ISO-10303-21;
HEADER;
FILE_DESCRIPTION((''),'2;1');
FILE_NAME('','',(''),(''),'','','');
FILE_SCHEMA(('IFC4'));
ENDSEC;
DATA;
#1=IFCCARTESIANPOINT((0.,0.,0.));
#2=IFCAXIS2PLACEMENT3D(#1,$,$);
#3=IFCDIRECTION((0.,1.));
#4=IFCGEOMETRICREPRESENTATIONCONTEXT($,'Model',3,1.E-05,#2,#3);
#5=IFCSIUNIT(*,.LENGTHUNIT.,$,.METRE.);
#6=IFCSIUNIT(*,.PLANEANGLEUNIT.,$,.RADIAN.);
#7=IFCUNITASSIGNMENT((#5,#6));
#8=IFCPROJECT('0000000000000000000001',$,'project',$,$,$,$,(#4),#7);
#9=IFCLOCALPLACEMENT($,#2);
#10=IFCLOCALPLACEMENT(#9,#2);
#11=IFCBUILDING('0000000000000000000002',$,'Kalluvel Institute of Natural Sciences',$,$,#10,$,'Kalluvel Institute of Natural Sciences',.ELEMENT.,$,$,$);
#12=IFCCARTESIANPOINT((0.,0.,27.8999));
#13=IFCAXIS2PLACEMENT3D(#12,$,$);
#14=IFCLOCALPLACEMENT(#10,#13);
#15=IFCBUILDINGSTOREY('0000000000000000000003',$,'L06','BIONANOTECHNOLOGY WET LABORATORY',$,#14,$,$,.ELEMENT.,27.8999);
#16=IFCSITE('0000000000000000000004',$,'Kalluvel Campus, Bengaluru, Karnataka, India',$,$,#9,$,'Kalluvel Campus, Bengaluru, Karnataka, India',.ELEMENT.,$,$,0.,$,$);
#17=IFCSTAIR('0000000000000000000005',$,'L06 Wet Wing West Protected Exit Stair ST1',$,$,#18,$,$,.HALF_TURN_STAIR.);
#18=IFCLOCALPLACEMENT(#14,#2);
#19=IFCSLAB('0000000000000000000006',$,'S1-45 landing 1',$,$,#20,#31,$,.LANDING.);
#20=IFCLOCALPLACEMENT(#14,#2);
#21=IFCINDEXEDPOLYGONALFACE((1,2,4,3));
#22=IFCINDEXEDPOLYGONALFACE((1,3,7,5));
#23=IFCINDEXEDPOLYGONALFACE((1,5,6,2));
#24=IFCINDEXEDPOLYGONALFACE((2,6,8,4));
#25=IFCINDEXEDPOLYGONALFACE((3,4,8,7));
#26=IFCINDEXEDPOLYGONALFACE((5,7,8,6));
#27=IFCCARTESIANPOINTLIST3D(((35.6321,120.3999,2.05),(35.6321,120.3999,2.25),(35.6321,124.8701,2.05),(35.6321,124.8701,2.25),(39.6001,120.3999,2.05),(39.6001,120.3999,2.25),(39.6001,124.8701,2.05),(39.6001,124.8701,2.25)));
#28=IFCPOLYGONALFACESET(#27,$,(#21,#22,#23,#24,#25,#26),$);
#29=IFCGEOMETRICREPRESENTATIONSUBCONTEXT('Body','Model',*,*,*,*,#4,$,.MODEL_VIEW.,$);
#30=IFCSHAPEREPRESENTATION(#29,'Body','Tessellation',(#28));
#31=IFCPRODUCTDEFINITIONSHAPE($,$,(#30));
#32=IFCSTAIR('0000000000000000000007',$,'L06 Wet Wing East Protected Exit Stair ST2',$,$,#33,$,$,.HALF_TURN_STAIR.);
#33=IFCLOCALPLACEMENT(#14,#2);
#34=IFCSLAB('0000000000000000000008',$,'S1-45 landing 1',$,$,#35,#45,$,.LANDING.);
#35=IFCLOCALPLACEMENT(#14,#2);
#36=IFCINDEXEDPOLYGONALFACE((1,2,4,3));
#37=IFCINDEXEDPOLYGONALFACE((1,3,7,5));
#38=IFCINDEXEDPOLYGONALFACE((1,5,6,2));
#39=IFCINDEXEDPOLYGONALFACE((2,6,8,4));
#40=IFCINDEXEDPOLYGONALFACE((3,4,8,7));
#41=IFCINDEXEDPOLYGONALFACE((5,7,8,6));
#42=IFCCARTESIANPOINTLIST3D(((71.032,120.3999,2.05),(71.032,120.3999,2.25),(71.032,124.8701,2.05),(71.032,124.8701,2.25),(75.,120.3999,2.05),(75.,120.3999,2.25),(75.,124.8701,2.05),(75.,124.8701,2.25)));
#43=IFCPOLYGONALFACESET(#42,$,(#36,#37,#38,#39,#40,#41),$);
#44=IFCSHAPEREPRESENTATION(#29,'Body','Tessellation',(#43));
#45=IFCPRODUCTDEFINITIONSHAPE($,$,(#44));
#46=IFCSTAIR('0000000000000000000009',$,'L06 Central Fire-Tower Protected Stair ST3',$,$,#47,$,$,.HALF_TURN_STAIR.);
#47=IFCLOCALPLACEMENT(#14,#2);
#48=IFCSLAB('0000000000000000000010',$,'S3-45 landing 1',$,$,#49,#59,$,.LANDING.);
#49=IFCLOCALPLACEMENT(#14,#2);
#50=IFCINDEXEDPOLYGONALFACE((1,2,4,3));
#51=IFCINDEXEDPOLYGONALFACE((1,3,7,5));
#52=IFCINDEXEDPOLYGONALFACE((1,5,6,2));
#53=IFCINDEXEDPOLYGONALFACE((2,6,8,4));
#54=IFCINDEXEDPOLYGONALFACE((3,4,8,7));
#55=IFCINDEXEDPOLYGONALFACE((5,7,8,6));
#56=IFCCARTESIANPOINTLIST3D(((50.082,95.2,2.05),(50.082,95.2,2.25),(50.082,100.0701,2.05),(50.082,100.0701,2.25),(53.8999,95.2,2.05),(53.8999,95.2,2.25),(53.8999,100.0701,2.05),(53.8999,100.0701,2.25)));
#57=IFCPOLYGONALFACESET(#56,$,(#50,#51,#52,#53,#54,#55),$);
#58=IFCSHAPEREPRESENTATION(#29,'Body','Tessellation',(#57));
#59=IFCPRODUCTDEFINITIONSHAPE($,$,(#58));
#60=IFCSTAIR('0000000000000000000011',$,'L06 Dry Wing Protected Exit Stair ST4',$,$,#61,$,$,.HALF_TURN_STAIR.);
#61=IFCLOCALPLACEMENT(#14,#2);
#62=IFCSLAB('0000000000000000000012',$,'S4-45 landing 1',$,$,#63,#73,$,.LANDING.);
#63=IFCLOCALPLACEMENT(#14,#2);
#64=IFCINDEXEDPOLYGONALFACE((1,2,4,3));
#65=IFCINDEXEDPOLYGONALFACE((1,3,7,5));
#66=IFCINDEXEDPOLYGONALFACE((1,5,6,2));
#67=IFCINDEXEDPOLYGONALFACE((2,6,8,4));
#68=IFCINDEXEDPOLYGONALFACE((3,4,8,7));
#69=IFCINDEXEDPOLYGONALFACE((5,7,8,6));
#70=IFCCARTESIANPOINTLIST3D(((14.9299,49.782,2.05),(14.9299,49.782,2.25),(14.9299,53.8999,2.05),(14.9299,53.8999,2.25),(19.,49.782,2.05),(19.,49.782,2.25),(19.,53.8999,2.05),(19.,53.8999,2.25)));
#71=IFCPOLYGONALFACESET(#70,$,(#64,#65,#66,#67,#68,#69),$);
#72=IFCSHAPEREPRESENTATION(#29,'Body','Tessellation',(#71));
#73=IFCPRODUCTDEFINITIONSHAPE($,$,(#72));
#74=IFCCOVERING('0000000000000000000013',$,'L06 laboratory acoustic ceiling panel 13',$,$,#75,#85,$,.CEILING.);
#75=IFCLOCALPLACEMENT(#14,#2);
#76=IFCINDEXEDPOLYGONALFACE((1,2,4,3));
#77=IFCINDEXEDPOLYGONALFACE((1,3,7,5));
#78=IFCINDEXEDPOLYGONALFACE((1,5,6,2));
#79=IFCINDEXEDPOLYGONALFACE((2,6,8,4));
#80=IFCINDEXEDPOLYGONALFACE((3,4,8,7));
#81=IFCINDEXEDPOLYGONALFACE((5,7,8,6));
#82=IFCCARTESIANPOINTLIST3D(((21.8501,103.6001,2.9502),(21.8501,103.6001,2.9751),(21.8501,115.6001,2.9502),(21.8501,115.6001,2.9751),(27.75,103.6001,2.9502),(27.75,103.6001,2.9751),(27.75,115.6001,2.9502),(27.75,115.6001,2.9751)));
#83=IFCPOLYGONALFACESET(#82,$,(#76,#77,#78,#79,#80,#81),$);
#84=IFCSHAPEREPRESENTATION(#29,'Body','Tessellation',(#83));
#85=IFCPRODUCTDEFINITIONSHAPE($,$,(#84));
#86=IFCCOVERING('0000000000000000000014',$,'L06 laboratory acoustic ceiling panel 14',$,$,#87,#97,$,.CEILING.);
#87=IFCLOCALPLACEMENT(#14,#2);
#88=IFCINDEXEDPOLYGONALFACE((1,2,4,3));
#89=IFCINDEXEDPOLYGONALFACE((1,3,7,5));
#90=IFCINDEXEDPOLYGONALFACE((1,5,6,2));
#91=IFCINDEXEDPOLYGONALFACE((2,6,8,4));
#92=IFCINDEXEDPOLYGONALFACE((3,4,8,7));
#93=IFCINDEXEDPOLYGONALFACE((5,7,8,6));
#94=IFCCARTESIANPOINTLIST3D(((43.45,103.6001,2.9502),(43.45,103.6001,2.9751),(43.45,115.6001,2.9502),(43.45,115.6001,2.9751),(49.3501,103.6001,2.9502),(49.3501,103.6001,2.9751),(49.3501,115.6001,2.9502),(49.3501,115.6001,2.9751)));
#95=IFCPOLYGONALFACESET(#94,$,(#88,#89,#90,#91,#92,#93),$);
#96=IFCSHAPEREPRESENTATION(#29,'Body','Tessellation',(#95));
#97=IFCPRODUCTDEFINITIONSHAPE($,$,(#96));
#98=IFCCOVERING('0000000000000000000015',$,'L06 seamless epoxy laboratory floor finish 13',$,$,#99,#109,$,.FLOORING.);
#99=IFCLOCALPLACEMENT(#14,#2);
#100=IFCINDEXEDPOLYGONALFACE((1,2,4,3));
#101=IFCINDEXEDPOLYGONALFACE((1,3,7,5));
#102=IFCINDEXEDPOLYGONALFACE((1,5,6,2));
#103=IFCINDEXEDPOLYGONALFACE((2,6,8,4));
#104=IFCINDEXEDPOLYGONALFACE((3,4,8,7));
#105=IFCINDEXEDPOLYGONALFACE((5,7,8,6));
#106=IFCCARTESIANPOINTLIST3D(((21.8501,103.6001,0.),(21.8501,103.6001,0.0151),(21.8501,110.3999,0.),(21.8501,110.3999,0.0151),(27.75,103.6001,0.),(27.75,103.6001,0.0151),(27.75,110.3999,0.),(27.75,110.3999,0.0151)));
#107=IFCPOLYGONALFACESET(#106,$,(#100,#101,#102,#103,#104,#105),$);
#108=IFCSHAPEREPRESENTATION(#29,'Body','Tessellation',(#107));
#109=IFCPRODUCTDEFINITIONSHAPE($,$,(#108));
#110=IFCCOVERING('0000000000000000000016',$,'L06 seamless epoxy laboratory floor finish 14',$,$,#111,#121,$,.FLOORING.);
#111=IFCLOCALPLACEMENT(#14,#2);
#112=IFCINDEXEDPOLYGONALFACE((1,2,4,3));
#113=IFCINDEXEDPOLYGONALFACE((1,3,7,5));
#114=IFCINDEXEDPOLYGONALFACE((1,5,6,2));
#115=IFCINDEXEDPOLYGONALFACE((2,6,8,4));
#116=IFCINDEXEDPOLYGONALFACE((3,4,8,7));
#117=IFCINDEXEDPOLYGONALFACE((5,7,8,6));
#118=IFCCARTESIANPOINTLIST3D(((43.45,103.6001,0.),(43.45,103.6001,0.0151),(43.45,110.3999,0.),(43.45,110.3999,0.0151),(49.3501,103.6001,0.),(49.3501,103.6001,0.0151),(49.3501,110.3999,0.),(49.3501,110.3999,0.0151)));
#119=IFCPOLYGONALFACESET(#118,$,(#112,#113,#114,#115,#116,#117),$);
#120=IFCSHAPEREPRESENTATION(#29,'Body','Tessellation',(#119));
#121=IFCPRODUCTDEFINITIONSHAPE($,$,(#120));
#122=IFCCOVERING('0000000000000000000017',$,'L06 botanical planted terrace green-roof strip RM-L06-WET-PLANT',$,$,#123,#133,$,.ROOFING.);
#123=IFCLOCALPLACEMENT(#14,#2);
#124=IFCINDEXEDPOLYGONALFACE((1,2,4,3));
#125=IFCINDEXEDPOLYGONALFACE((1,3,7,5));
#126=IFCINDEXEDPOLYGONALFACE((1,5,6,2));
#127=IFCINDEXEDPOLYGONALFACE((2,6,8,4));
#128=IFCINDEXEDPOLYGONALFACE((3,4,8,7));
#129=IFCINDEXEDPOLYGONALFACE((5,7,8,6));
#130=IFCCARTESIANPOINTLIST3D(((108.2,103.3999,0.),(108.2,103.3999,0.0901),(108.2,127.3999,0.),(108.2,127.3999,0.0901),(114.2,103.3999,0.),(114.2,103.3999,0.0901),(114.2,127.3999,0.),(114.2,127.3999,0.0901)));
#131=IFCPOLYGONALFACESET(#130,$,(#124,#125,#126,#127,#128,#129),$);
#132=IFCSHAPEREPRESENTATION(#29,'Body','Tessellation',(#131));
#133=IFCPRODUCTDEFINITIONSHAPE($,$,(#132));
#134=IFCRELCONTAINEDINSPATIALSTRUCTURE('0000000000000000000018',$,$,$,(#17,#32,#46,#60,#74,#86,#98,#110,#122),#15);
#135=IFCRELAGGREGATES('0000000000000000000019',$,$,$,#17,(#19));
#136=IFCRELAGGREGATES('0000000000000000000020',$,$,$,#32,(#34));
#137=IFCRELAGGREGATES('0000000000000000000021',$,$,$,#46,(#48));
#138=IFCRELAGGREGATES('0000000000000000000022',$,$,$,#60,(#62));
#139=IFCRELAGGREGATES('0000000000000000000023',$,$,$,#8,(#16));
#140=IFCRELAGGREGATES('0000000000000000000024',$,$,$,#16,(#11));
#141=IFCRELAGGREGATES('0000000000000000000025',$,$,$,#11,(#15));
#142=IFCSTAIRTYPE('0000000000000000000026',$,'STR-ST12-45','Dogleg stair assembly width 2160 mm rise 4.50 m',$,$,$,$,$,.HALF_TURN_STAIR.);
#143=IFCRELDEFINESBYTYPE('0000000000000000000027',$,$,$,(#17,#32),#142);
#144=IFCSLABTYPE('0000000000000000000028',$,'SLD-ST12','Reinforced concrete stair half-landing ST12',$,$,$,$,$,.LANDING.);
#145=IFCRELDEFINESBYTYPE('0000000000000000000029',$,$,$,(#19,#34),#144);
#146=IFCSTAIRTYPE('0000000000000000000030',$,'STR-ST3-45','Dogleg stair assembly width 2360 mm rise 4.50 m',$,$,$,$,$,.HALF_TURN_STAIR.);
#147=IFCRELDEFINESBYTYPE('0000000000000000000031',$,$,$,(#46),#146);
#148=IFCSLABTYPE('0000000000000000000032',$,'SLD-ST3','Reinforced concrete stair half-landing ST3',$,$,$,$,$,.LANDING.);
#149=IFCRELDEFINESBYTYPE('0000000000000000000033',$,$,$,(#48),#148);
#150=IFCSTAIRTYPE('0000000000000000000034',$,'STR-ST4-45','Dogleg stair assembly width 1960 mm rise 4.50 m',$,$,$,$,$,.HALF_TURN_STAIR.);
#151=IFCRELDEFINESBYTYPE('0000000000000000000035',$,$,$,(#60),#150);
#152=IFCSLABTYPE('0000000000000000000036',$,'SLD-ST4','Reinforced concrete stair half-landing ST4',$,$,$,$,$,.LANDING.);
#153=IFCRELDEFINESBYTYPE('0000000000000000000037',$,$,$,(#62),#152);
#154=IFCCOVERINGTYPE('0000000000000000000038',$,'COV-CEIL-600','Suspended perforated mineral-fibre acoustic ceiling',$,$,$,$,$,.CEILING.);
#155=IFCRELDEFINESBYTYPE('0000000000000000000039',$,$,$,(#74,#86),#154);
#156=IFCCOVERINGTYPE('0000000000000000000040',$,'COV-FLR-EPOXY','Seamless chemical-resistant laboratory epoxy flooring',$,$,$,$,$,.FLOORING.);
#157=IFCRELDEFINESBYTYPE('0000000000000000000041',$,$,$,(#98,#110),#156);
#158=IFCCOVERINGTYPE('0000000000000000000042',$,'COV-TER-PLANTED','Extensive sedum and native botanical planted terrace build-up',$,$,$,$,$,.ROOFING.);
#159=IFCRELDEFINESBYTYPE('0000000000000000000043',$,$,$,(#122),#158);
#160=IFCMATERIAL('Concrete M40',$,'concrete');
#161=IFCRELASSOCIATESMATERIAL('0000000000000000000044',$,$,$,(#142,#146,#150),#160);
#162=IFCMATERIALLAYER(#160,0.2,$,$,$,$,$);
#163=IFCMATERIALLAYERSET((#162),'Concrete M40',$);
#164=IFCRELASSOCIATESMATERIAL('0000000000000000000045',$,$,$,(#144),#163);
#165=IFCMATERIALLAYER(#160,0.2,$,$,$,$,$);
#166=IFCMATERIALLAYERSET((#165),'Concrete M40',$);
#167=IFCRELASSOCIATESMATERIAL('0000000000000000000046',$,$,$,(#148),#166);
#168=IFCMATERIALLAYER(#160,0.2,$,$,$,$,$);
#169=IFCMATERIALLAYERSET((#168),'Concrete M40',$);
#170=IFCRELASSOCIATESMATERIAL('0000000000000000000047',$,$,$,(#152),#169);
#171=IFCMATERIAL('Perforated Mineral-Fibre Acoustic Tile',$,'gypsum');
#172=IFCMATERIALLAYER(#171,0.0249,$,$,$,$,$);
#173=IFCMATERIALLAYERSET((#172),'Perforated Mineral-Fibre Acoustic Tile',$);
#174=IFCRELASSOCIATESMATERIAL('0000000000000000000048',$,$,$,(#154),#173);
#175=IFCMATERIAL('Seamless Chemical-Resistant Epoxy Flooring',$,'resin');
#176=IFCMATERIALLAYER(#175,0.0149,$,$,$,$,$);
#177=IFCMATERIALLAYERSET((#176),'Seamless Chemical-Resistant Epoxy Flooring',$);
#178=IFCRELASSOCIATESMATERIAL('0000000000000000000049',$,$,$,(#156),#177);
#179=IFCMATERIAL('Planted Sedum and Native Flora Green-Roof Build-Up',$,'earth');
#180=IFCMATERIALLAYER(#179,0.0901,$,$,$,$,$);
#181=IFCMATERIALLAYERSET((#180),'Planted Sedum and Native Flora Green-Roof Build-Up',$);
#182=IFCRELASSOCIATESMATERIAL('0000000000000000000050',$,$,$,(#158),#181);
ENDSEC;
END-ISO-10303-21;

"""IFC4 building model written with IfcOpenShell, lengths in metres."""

from ifc_helpers import new_model, si_unit, direction, frame, origin, place, context, subcontext, project, spatial, polyline, outline, extrude, material, layer, layer_set, type_object, element, aggregate, save


model = new_model("IFC4")

# Units and contexts
model_context = context("Model", 3, precision=1e-05, world=origin(), true_north=direction((0.0, 1.0)))
body_context = subcontext(model_context, "Body", "Model", "MODEL_VIEW")
ifc_project = project(units=[si_unit("LENGTHUNIT", "METRE"), si_unit("PLANEANGLEUNIT", "RADIAN")], contexts=[model_context])

# Site, building, storey
site_placement = place(None, origin())
site = spatial("IfcSite", under=ifc_project, at=site_placement, Name="Kalluvel Campus, Bengaluru, Karnataka, India", LongName="Kalluvel Campus, Bengaluru, Karnataka, India", CompositionType="ELEMENT", RefElevation=0.0)
building_placement = place(site_placement, origin())
building = spatial("IfcBuilding", under=site, at=building_placement, Name="Kalluvel Institute of Natural Sciences", LongName="Kalluvel Institute of Natural Sciences", CompositionType="ELEMENT")
storey_placement = place(building_placement, frame((0.0, 0.0, 27.8999)))
storey = spatial("IfcBuildingStorey", under=building, at=storey_placement, Name="L06", Description="BIONANOTECHNOLOGY WET LABORATORY", CompositionType="ELEMENT", Elevation=27.8999)

# Shared definitions
ifc_material_1 = material(Name="Concrete M40", Category="concrete")

# Stairs, slabs
stair_type_1 = type_object("IfcStairType", Name="STR-ST12-45", Description="Dogleg stair assembly width 2160 mm rise 4.50 m", PredefinedType="HALF_TURN_STAIR", material=ifc_material_1)
stair_1_placement = place(storey_placement, origin())
stair_1 = element("IfcStair", 1, at=stair_1_placement, inside=storey, type_object=stair_type_1, Name="L06 Wet Wing West Protected Exit Stair ST1", PredefinedType="HALF_TURN_STAIR")
ifc_layer_1 = layer(ifc_material_1, 0.2)
ifc_layer_set_1 = layer_set([ifc_layer_1], Name="Concrete M40")
slab_type_1 = type_object("IfcSlabType", Name="SLD-ST12", Description="Reinforced concrete stair half-landing ST12", PredefinedType="LANDING", material=ifc_layer_set_1)
slab_1_placement = place(storey_placement, frame((0.0, 0.0, 2.05)))
slab_1 = element("IfcSlab", 2, at=slab_1_placement, type_object=slab_type_1, Name="S1-45 landing 1", PredefinedType="LANDING", context=body_context, shape_type="SweptSolid", body=[
    extrude(outline(polyline([(35.6321, 120.3999), (39.6001, 120.3999), (39.6001, 124.8701), (35.6321, 124.8701), (35.6321, 120.3999)])), origin(), (0.0, 0.0, 1.0), 0.2),
])
aggregate(stair_1, [slab_1])
stair_2_placement = place(storey_placement, origin())
stair_2 = element("IfcStair", 3, at=stair_2_placement, inside=storey, type_object=stair_type_1, Name="L06 Wet Wing East Protected Exit Stair ST2", PredefinedType="HALF_TURN_STAIR")
slab_2_placement = place(storey_placement, frame((0.0, 0.0, 2.05)))
slab_2 = element("IfcSlab", 4, at=slab_2_placement, type_object=slab_type_1, Name="S1-45 landing 1", PredefinedType="LANDING", context=body_context, shape_type="SweptSolid", body=[
    extrude(outline(polyline([(71.032, 120.3999), (75.0, 120.3999), (75.0, 124.8701), (71.032, 124.8701), (71.032, 120.3999)])), origin(), (0.0, 0.0, 1.0), 0.2),
])
aggregate(stair_2, [slab_2])
stair_type_2 = type_object("IfcStairType", Name="STR-ST3-45", Description="Dogleg stair assembly width 2360 mm rise 4.50 m", PredefinedType="HALF_TURN_STAIR", material=ifc_material_1)
stair_3_placement = place(storey_placement, origin())
stair_3 = element("IfcStair", 5, at=stair_3_placement, inside=storey, type_object=stair_type_2, Name="L06 Central Fire-Tower Protected Stair ST3", PredefinedType="HALF_TURN_STAIR")
ifc_layer_2 = layer(ifc_material_1, 0.2)
ifc_layer_set_2 = layer_set([ifc_layer_2], Name="Concrete M40")
slab_type_2 = type_object("IfcSlabType", Name="SLD-ST3", Description="Reinforced concrete stair half-landing ST3", PredefinedType="LANDING", material=ifc_layer_set_2)
slab_3_placement = place(storey_placement, frame((0.0, 0.0, 2.05)))
slab_3 = element("IfcSlab", 6, at=slab_3_placement, type_object=slab_type_2, Name="S3-45 landing 1", PredefinedType="LANDING", context=body_context, shape_type="SweptSolid", body=[
    extrude(outline(polyline([(50.082, 95.2), (53.8999, 95.2), (53.8999, 100.0701), (50.082, 100.0701), (50.082, 95.2)])), origin(), (0.0, 0.0, 1.0), 0.2),
])
aggregate(stair_3, [slab_3])
stair_type_3 = type_object("IfcStairType", Name="STR-ST4-45", Description="Dogleg stair assembly width 1960 mm rise 4.50 m", PredefinedType="HALF_TURN_STAIR", material=ifc_material_1)
stair_4_placement = place(storey_placement, origin())
stair_4 = element("IfcStair", 7, at=stair_4_placement, inside=storey, type_object=stair_type_3, Name="L06 Dry Wing Protected Exit Stair ST4", PredefinedType="HALF_TURN_STAIR")
ifc_layer_3 = layer(ifc_material_1, 0.2)
ifc_layer_set_3 = layer_set([ifc_layer_3], Name="Concrete M40")
slab_type_3 = type_object("IfcSlabType", Name="SLD-ST4", Description="Reinforced concrete stair half-landing ST4", PredefinedType="LANDING", material=ifc_layer_set_3)
slab_4_placement = place(storey_placement, frame((0.0, 0.0, 2.05)))
slab_4 = element("IfcSlab", 8, at=slab_4_placement, type_object=slab_type_3, Name="S4-45 landing 1", PredefinedType="LANDING", context=body_context, shape_type="SweptSolid", body=[
    extrude(outline(polyline([(19.0, 49.782), (19.0, 53.8999), (14.9299, 53.8999), (14.9299, 49.782), (19.0, 49.782)])), origin(), (0.0, 0.0, 1.0), 0.2),
])
aggregate(stair_4, [slab_4])

# Coverings
ifc_material_2 = material(Name="Perforated Mineral-Fibre Acoustic Tile", Category="gypsum")
ifc_layer_4 = layer(ifc_material_2, 0.0249)
ifc_layer_set_4 = layer_set([ifc_layer_4], Name="Perforated Mineral-Fibre Acoustic Tile")
covering_type_1 = type_object("IfcCoveringType", Name="COV-CEIL-600", Description="Suspended perforated mineral-fibre acoustic ceiling", PredefinedType="CEILING", material=ifc_layer_set_4)
covering_1_placement = place(storey_placement, frame((0.0, 0.0, 2.9502)))
element("IfcCovering", 9, at=covering_1_placement, inside=storey, type_object=covering_type_1, Name="L06 laboratory acoustic ceiling panel 13", PredefinedType="CEILING", context=body_context, shape_type="SweptSolid", body=[
    extrude(outline(polyline([(21.8501, 103.6001), (27.75, 103.6001), (27.75, 115.6001), (21.8501, 115.6001), (21.8501, 103.6001)])), origin(), (0.0, 0.0, 1.0), 0.0249),
])
covering_2_placement = place(storey_placement, frame((0.0, 0.0, 2.9502)))
element("IfcCovering", 10, at=covering_2_placement, inside=storey, type_object=covering_type_1, Name="L06 laboratory acoustic ceiling panel 14", PredefinedType="CEILING", context=body_context, shape_type="SweptSolid", body=[
    extrude(outline(polyline([(43.45, 103.6001), (49.3501, 103.6001), (49.3501, 115.6001), (43.45, 115.6001), (43.45, 103.6001)])), origin(), (0.0, 0.0, 1.0), 0.0249),
])
ifc_material_3 = material(Name="Seamless Chemical-Resistant Epoxy Flooring", Category="resin")
ifc_layer_5 = layer(ifc_material_3, 0.0149)
ifc_layer_set_5 = layer_set([ifc_layer_5], Name="Seamless Chemical-Resistant Epoxy Flooring")
covering_type_2 = type_object("IfcCoveringType", Name="COV-FLR-EPOXY", Description="Seamless chemical-resistant laboratory epoxy flooring", PredefinedType="FLOORING", material=ifc_layer_set_5)
covering_3_placement = place(storey_placement, origin())
element("IfcCovering", 11, at=covering_3_placement, inside=storey, type_object=covering_type_2, Name="L06 seamless epoxy laboratory floor finish 13", PredefinedType="FLOORING", context=body_context, shape_type="SweptSolid", body=[
    extrude(outline(polyline([(21.8501, 103.6001), (27.75, 103.6001), (27.75, 110.3999), (21.8501, 110.3999), (21.8501, 103.6001)])), origin(), (0.0, 0.0, 1.0), 0.0151),
])
covering_4_placement = place(storey_placement, origin())
element("IfcCovering", 12, at=covering_4_placement, inside=storey, type_object=covering_type_2, Name="L06 seamless epoxy laboratory floor finish 14", PredefinedType="FLOORING", context=body_context, shape_type="SweptSolid", body=[
    extrude(outline(polyline([(43.45, 103.6001), (49.3501, 103.6001), (49.3501, 110.3999), (43.45, 110.3999), (43.45, 103.6001)])), origin(), (0.0, 0.0, 1.0), 0.0151),
])
ifc_material_4 = material(Name="Planted Sedum and Native Flora Green-Roof Build-Up", Category="earth")
ifc_layer_6 = layer(ifc_material_4, 0.0901)
ifc_layer_set_6 = layer_set([ifc_layer_6], Name="Planted Sedum and Native Flora Green-Roof Build-Up")
covering_type_3 = type_object("IfcCoveringType", Name="COV-TER-PLANTED", Description="Extensive sedum and native botanical planted terrace build-up", PredefinedType="ROOFING", material=ifc_layer_set_6)
covering_5_placement = place(storey_placement, origin())
element("IfcCovering", 13, at=covering_5_placement, inside=storey, type_object=covering_type_3, Name="L06 botanical planted terrace green-roof strip RM-L06-WET-PLANT", PredefinedType="ROOFING", context=body_context, shape_type="SweptSolid", body=[
    extrude(outline(polyline([(108.2, 103.3999), (114.2, 103.3999), (114.2, 127.3999), (108.2, 127.3999), (108.2, 103.3999)])), origin(), (0.0, 0.0, 1.0), 0.0901),
])

save(model, "model.ifc")
